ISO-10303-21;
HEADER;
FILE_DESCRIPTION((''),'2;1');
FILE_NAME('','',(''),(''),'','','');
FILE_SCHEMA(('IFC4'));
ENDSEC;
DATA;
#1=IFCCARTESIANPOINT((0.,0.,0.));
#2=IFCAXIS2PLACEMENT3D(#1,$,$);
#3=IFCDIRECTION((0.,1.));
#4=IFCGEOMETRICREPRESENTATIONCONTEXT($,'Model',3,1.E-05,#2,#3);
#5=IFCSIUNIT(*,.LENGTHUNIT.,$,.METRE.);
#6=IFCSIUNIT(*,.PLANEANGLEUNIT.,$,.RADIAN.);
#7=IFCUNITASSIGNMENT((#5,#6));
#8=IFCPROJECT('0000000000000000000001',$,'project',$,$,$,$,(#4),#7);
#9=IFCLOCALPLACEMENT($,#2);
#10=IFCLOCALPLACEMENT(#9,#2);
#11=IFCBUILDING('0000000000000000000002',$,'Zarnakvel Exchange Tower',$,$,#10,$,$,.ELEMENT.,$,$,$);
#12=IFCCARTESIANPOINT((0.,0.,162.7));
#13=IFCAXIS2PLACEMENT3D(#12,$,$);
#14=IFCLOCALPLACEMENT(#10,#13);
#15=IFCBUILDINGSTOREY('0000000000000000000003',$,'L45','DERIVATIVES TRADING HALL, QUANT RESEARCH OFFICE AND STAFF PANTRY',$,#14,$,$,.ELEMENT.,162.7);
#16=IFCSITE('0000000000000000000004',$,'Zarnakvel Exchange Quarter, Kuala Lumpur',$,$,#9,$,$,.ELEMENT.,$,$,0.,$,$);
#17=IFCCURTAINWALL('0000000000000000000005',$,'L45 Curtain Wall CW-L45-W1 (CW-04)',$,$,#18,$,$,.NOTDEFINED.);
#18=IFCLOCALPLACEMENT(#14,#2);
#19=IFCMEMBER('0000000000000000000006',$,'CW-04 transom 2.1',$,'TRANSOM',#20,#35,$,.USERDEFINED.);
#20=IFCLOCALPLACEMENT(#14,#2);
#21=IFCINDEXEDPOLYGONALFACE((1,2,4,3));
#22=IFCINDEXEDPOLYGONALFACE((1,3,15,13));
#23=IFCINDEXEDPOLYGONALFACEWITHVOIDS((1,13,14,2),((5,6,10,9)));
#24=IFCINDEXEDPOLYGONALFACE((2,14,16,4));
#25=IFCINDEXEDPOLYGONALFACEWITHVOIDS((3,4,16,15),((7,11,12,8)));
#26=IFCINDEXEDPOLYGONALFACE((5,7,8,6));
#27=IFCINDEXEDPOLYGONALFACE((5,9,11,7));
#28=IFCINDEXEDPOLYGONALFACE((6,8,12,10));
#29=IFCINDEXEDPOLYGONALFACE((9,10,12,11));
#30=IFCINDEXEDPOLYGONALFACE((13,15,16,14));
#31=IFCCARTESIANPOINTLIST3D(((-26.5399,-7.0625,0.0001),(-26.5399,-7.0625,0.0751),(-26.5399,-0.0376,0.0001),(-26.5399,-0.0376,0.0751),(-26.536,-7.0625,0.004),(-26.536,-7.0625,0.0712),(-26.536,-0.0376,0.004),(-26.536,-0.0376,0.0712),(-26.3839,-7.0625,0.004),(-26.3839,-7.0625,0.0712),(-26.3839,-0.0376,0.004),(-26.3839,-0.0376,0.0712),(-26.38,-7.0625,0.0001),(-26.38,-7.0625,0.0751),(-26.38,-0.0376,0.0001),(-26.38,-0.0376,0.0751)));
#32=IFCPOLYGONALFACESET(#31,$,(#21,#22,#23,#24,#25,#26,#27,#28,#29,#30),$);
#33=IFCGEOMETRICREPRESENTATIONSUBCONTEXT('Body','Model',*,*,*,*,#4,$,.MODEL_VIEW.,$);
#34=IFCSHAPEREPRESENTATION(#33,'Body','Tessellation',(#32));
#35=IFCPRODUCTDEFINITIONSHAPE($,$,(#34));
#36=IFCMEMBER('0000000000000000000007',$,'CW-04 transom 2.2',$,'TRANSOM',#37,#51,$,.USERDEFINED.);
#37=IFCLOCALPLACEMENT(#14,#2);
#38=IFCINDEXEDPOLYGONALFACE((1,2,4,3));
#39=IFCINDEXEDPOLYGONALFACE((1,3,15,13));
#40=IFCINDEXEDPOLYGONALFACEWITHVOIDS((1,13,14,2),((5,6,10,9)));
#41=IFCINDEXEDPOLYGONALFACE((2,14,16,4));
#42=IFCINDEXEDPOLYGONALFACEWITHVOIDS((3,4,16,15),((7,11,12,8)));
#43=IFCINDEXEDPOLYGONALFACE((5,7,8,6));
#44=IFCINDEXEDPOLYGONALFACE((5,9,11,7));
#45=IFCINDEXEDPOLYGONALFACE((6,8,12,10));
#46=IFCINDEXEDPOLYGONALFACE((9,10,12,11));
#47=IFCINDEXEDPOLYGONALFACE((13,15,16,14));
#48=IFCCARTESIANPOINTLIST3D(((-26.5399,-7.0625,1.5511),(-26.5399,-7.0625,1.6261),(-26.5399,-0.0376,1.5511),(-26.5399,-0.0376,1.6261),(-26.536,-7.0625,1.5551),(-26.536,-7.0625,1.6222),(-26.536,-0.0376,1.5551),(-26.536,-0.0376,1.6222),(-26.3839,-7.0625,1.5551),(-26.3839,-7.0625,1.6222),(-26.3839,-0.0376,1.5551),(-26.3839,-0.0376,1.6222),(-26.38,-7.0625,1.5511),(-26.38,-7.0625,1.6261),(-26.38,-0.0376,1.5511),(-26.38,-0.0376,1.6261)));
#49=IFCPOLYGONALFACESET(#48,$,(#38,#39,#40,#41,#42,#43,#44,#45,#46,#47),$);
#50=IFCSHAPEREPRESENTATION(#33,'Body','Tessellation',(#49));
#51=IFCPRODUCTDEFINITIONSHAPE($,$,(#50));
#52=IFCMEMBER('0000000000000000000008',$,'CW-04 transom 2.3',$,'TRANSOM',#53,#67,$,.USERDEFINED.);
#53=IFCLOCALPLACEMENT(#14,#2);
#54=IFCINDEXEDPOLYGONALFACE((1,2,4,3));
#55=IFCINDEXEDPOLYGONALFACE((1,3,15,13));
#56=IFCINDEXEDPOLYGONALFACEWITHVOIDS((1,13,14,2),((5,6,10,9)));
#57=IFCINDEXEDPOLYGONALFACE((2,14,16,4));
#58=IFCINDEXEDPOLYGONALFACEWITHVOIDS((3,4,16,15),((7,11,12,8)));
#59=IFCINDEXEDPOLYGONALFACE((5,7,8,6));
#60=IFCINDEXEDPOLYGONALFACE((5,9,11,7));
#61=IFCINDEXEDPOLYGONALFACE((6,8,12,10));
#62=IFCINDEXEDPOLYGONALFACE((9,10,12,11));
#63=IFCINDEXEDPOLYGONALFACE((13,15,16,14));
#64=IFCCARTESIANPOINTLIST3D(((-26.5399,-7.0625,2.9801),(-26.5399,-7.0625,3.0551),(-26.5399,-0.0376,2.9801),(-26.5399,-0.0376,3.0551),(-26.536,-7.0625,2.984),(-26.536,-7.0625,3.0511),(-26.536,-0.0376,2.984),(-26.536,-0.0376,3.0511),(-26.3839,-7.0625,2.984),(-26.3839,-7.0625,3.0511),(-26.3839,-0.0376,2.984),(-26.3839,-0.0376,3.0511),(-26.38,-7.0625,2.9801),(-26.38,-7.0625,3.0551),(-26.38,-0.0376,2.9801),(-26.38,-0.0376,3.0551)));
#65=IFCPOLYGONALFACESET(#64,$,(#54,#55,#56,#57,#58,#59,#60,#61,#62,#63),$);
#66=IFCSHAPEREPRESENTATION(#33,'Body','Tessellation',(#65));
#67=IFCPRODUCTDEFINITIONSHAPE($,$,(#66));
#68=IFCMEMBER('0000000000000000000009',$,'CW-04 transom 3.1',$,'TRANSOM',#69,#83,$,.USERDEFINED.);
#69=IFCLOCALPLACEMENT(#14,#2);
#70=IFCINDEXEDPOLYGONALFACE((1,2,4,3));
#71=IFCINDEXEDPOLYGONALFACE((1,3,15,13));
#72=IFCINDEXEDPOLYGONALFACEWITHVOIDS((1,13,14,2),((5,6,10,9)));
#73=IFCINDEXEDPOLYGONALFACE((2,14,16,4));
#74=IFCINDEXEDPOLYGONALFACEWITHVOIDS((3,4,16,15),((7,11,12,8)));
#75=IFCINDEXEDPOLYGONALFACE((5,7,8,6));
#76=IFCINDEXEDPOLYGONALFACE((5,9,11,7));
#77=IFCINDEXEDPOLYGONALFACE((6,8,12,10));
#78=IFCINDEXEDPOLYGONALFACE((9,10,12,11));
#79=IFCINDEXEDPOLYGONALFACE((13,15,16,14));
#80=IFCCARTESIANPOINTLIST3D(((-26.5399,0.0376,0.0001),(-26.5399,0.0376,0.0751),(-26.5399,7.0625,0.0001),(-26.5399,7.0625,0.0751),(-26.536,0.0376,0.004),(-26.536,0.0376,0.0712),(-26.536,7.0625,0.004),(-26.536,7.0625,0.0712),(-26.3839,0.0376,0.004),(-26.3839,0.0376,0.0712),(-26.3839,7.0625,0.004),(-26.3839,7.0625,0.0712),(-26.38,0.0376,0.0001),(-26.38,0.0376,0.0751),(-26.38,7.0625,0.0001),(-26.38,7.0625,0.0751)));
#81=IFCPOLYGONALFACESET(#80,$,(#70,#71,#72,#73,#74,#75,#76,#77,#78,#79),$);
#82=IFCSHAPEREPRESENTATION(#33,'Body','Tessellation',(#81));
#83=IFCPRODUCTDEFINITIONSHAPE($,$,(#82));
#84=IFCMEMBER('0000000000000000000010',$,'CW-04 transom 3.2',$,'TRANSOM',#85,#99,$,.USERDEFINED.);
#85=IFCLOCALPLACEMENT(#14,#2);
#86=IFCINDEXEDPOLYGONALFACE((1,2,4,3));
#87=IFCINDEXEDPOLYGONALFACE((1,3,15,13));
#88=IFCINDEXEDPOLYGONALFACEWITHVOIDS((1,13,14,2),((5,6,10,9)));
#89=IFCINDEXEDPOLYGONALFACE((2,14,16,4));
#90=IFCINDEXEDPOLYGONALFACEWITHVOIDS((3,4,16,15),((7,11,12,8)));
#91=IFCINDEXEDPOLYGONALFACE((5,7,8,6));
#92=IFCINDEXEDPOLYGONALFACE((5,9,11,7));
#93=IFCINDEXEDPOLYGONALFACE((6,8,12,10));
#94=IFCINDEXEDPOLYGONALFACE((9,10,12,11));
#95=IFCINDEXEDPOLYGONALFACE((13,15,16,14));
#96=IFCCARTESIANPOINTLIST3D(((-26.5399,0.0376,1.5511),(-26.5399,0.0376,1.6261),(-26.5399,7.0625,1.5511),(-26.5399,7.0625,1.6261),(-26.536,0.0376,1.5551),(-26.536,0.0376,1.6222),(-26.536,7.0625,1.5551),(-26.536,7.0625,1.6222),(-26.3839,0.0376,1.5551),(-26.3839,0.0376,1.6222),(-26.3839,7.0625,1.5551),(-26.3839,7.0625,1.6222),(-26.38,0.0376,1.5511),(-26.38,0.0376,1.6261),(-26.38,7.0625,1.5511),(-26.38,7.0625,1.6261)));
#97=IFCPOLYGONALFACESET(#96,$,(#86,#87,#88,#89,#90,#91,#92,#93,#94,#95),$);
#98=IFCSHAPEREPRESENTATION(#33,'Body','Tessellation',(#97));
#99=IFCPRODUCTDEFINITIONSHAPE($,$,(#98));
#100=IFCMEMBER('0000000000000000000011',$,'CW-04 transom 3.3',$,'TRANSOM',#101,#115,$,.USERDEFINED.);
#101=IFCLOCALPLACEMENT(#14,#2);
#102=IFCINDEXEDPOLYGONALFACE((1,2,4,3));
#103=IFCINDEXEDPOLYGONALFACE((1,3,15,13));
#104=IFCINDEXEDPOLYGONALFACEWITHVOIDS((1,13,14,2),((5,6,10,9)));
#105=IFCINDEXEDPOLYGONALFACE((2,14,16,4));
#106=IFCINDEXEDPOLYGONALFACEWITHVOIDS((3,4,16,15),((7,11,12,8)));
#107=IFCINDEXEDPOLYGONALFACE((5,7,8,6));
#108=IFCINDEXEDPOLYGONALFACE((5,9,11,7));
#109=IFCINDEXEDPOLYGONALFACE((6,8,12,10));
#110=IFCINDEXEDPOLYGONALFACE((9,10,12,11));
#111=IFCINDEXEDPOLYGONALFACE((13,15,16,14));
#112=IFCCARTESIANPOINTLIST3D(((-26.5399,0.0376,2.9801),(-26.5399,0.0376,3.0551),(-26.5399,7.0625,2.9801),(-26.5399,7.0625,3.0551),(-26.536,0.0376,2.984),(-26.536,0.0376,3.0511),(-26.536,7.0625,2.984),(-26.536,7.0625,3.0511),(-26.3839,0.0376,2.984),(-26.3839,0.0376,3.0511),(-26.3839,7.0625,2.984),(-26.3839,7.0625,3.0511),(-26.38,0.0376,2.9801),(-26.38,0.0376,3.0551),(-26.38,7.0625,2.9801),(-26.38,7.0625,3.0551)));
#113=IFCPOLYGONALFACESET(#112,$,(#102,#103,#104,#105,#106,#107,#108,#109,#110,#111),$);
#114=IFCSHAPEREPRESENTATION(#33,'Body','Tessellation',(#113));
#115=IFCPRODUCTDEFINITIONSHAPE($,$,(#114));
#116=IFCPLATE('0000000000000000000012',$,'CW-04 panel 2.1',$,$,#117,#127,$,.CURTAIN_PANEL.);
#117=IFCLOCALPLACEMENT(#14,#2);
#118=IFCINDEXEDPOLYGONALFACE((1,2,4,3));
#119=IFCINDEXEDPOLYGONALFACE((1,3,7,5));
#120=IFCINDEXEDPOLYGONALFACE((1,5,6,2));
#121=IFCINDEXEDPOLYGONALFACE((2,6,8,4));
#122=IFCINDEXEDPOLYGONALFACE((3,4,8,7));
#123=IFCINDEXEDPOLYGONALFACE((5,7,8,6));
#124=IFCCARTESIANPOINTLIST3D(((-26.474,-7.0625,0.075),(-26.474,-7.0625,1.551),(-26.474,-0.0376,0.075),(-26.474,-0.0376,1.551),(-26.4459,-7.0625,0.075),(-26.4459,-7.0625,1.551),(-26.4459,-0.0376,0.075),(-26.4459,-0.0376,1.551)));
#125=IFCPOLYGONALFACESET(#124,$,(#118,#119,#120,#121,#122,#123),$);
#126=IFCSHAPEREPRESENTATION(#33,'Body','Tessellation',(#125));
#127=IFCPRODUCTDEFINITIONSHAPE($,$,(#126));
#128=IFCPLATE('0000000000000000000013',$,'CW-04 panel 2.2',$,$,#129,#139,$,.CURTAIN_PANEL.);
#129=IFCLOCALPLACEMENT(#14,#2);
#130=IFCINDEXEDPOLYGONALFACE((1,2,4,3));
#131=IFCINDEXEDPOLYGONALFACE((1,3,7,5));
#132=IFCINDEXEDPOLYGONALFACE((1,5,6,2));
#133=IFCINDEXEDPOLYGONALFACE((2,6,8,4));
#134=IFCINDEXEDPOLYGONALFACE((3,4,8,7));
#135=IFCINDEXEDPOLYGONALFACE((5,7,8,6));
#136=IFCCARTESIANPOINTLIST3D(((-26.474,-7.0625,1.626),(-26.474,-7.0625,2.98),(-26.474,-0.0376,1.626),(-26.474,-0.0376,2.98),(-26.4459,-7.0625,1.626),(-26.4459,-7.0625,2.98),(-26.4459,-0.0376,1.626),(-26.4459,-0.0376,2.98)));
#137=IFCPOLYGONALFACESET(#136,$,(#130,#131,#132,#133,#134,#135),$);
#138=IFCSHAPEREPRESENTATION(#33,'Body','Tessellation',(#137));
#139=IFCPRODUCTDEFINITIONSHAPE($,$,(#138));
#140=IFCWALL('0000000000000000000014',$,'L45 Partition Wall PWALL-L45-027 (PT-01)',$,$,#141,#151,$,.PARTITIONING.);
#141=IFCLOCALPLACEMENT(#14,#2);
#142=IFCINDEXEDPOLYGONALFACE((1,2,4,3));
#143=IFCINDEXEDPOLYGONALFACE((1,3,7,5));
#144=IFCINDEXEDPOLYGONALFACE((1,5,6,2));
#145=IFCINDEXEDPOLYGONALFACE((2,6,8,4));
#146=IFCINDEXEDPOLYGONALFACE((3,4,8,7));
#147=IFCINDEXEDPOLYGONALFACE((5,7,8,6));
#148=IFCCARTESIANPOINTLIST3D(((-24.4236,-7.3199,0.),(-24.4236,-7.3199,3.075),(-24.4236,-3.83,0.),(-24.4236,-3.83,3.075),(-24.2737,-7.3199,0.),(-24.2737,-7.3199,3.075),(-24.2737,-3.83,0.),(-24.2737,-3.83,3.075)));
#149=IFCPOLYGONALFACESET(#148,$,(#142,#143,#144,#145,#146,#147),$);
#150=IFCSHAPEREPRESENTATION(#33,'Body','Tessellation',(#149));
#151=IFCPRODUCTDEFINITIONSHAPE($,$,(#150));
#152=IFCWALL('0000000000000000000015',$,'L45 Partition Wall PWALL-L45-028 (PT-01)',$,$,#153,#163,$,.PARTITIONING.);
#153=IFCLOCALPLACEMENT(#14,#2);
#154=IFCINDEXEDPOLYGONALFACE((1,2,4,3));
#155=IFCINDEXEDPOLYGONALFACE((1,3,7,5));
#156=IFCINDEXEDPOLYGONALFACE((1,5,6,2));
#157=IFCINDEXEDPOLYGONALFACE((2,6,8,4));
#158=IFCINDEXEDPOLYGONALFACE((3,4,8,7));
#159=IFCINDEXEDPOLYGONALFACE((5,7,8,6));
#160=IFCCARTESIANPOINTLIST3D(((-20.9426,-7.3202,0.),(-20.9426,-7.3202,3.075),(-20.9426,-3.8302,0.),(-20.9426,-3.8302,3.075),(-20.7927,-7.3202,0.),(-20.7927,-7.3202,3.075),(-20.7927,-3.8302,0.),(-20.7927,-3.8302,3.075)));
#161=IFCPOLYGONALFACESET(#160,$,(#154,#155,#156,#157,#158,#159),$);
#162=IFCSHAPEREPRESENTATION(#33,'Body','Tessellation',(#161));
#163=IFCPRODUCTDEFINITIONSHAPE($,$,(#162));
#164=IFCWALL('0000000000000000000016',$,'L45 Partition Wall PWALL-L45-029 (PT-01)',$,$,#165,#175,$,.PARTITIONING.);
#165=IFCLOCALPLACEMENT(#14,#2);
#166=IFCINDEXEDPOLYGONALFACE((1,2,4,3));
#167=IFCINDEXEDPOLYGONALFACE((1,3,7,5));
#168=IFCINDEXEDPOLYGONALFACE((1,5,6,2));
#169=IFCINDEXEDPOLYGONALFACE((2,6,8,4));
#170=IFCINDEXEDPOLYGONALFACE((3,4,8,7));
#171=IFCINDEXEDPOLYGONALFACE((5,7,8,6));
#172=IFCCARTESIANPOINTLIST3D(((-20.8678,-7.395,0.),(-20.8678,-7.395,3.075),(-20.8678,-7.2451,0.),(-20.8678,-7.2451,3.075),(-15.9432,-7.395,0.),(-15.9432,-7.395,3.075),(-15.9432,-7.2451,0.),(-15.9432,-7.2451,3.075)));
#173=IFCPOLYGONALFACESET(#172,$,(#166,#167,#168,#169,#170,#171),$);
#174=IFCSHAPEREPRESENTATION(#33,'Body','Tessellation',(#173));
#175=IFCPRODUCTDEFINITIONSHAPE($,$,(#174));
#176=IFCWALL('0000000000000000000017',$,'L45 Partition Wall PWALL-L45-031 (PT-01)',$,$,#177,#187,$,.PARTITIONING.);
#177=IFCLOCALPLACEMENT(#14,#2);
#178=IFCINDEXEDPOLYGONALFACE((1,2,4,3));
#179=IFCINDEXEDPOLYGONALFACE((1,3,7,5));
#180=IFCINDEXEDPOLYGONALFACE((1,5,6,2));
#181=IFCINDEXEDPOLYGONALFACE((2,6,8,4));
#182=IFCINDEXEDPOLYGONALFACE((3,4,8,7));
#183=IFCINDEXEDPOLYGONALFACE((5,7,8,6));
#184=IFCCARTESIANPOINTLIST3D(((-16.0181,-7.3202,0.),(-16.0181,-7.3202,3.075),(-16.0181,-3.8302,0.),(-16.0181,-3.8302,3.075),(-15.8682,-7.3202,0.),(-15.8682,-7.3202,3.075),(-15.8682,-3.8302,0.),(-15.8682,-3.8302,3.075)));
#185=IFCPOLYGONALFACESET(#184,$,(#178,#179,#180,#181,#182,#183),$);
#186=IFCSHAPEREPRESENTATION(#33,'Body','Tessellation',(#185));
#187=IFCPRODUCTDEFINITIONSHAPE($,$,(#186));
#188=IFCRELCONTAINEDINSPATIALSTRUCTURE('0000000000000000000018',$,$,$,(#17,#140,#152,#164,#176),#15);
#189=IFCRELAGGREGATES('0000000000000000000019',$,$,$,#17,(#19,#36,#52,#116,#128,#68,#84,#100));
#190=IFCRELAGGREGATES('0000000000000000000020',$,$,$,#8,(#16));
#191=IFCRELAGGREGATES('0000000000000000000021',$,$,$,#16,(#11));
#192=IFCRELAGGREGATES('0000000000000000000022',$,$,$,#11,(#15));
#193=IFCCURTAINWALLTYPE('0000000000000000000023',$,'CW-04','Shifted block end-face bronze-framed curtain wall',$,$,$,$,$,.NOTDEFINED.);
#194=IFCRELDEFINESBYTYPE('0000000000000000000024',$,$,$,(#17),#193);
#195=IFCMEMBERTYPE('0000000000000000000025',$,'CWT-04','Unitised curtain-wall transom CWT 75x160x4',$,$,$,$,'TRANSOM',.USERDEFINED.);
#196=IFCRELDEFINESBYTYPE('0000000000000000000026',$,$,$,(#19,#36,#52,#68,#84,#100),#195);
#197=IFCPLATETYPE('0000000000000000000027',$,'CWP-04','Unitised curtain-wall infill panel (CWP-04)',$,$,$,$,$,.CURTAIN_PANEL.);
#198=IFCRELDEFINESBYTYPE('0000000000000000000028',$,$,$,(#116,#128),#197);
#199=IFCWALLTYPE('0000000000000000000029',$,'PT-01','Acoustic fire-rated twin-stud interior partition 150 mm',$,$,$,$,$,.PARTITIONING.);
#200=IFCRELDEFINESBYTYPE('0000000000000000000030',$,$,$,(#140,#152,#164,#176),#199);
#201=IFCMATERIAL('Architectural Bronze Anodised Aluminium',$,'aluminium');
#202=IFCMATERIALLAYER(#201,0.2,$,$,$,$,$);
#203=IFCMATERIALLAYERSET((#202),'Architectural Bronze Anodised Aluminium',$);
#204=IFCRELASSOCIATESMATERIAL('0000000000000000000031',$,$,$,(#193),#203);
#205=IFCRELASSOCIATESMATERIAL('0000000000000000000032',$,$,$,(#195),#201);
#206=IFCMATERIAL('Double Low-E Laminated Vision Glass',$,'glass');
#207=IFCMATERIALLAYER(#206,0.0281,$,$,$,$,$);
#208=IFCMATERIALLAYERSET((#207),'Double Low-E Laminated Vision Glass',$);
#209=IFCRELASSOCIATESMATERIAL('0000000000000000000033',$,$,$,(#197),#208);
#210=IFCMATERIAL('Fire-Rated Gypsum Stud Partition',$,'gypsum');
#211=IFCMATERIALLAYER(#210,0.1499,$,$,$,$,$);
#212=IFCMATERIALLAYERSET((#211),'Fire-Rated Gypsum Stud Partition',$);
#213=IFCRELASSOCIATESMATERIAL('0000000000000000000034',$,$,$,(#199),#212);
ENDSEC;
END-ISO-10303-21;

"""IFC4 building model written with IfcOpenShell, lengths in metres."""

from ifc_helpers import new_model, si_unit, direction, frame, frame_2d, origin, origin_2d, place, context, subcontext, project, spatial, rectangle, hollow_rectangle, extrude, source, transform, mapped, material, layer, layer_set, material_profile, profile_set, type_object, element, aggregate, save


model = new_model("IFC4")

# Units and contexts
model_context = context("Model", 3, precision=1e-05, world=origin(), true_north=direction((0.0, 1.0)))
body_context = subcontext(model_context, "Body", "Model", "MODEL_VIEW")
ifc_project = project(units=[si_unit("LENGTHUNIT", "METRE"), si_unit("PLANEANGLEUNIT", "RADIAN")], contexts=[model_context])

# Site, building, storey
site_placement = place(None, origin())
site = spatial("IfcSite", under=ifc_project, at=site_placement, Name="Zarnakvel Exchange Quarter, Kuala Lumpur", CompositionType="ELEMENT", RefElevation=0.0)
building_placement = place(site_placement, origin())
building = spatial("IfcBuilding", under=site, at=building_placement, Name="Zarnakvel Exchange Tower", CompositionType="ELEMENT")
storey_placement = place(building_placement, frame((0.0, 0.0, 162.7)))
storey = spatial("IfcBuildingStorey", under=building, at=storey_placement, Name="L45", Description="DERIVATIVES TRADING HALL, QUANT RESEARCH OFFICE AND STAFF PANTRY", CompositionType="ELEMENT", Elevation=162.7)

# Curtain wall, members, plates
ifc_material_1 = material(Name="Architectural Bronze Anodised Aluminium", Category="aluminium")
ifc_layer_1 = layer(ifc_material_1, 0.2)
ifc_layer_set_1 = layer_set([ifc_layer_1], Name="Architectural Bronze Anodised Aluminium")
curtain_wall_type = type_object("IfcCurtainWallType", Name="CW-04", Description="Shifted block end-face bronze-framed curtain wall", PredefinedType="NOTDEFINED", material=ifc_layer_set_1)
curtain_wall_placement = place(storey_placement, origin())
curtain_wall = element("IfcCurtainWall", 1, at=curtain_wall_placement, inside=storey, type_object=curtain_wall_type, Name="L45 Curtain Wall CW-L45-W1 (CW-04)", PredefinedType="NOTDEFINED")
ifc_material_profile_1 = material_profile(ifc_material_1, hollow_rectangle(XDim=0.1599, YDim=0.075, WallThickness=0.0039, at=origin_2d()))
ifc_profile_set_1 = profile_set([ifc_material_profile_1], Name="Architectural Bronze Anodised Aluminium")
member_type_1 = type_object("IfcMemberType", Name="CWT-04", Description="Unitised curtain-wall transom CWT 75x160x4", ElementType="TRANSOM", PredefinedType="USERDEFINED", material=ifc_profile_set_1)
shared_shape_1 = source(origin(), body_context, "Body", "SweptSolid", [
    extrude(hollow_rectangle(XDim=0.1599, YDim=0.075, WallThickness=0.0039, at=origin_2d()), origin(), (0.0, 0.0, 1.0), 7.0249),
])
member_1_placement = place(storey_placement, frame((-26.46, -7.0625, 0.0376), z_axis=(0.0, 1.0, 0.0), x_axis=(-1.0, 0.0, 0.0)))
member_1 = element("IfcMember", 2, at=member_1_placement, type_object=member_type_1, Name="CW-04 transom 2.1", ObjectType="TRANSOM", PredefinedType="USERDEFINED", context=body_context, shape_type="MappedRepresentation", body=[
    mapped(shared_shape_1, transform((0.0, 0.0, 0.0), x_axis=(1.0, 0.0, 0.0), y_axis=(0.0, 1.0, 0.0), z_axis=(0.0, 0.0, 1.0), scale=1.0)),
])
member_2_placement = place(storey_placement, frame((-26.46, -7.0625, 1.5886), z_axis=(0.0, 1.0, 0.0), x_axis=(-1.0, 0.0, 0.0)))
member_2 = element("IfcMember", 3, at=member_2_placement, type_object=member_type_1, Name="CW-04 transom 2.2", ObjectType="TRANSOM", PredefinedType="USERDEFINED", context=body_context, shape_type="MappedRepresentation", body=[
    mapped(shared_shape_1, transform((0.0, 0.0, 0.0), x_axis=(1.0, 0.0, 0.0), y_axis=(0.0, 1.0, 0.0), z_axis=(0.0, 0.0, 1.0), scale=1.0)),
])
member_3_placement = place(storey_placement, frame((-26.46, -7.0625, 3.0176), z_axis=(0.0, 1.0, 0.0), x_axis=(-1.0, 0.0, 0.0)))
member_3 = element("IfcMember", 4, at=member_3_placement, type_object=member_type_1, Name="CW-04 transom 2.3", ObjectType="TRANSOM", PredefinedType="USERDEFINED", context=body_context, shape_type="MappedRepresentation", body=[
    mapped(shared_shape_1, transform((0.0, 0.0, 0.0), x_axis=(1.0, 0.0, 0.0), y_axis=(0.0, 1.0, 0.0), z_axis=(0.0, 0.0, 1.0), scale=1.0)),
])
member_4_placement = place(storey_placement, frame((-26.46, 0.0376, 0.0376), z_axis=(0.0, 1.0, 0.0), x_axis=(-1.0, 0.0, 0.0)))
member_4 = element("IfcMember", 5, at=member_4_placement, type_object=member_type_1, Name="CW-04 transom 3.1", ObjectType="TRANSOM", PredefinedType="USERDEFINED", context=body_context, shape_type="MappedRepresentation", body=[
    mapped(shared_shape_1, transform((0.0, 0.0, 0.0), x_axis=(1.0, 0.0, 0.0), y_axis=(0.0, 1.0, 0.0), z_axis=(0.0, 0.0, 1.0), scale=1.0)),
])
member_5_placement = place(storey_placement, frame((-26.46, 0.0376, 1.5886), z_axis=(0.0, 1.0, 0.0), x_axis=(-1.0, 0.0, 0.0)))
member_5 = element("IfcMember", 6, at=member_5_placement, type_object=member_type_1, Name="CW-04 transom 3.2", ObjectType="TRANSOM", PredefinedType="USERDEFINED", context=body_context, shape_type="MappedRepresentation", body=[
    mapped(shared_shape_1, transform((0.0, 0.0, 0.0), x_axis=(1.0, 0.0, 0.0), y_axis=(0.0, 1.0, 0.0), z_axis=(0.0, 0.0, 1.0), scale=1.0)),
])
member_6_placement = place(storey_placement, frame((-26.46, 0.0376, 3.0176), z_axis=(0.0, 1.0, 0.0), x_axis=(-1.0, 0.0, 0.0)))
member_6 = element("IfcMember", 7, at=member_6_placement, type_object=member_type_1, Name="CW-04 transom 3.3", ObjectType="TRANSOM", PredefinedType="USERDEFINED", context=body_context, shape_type="MappedRepresentation", body=[
    mapped(shared_shape_1, transform((0.0, 0.0, 0.0), x_axis=(1.0, 0.0, 0.0), y_axis=(0.0, 1.0, 0.0), z_axis=(0.0, 0.0, 1.0), scale=1.0)),
])
ifc_material_2 = material(Name="Double Low-E Laminated Vision Glass", Category="glass")
ifc_layer_2 = layer(ifc_material_2, 0.0281)
ifc_layer_set_2 = layer_set([ifc_layer_2], Name="Double Low-E Laminated Vision Glass")
plate_type = type_object("IfcPlateType", Name="CWP-04", Description="Unitised curtain-wall infill panel (CWP-04)", PredefinedType="CURTAIN_PANEL", material=ifc_layer_set_2)
shared_shape_2 = source(origin(), body_context, "Body", "SweptSolid", [
    extrude(rectangle(XDim=7.0249, YDim=0.0281, at=origin_2d()), origin(), (0.0, 0.0, 1.0), 1.4761),
])
plate_1_placement = place(storey_placement, frame((-26.46, -3.55, 0.075), z_axis=(0.0, 0.0, 1.0), x_axis=(0.0, 1.0, 0.0)))
plate_1 = element("IfcPlate", 8, at=plate_1_placement, type_object=plate_type, Name="CW-04 panel 2.1", PredefinedType="CURTAIN_PANEL", context=body_context, shape_type="MappedRepresentation", body=[
    mapped(shared_shape_2, transform((0.0, 0.0, 0.0), x_axis=(1.0, 0.0, 0.0), y_axis=(0.0, 1.0, 0.0), z_axis=(0.0, 0.0, 1.0), scale=1.0)),
])
shared_shape_3 = source(origin(), body_context, "Body", "SweptSolid", [
    extrude(rectangle(XDim=7.0249, YDim=0.0281, at=origin_2d()), origin(), (0.0, 0.0, 1.0), 1.354),
])
plate_2_placement = place(storey_placement, frame((-26.46, -3.55, 1.626), z_axis=(0.0, 0.0, 1.0), x_axis=(0.0, 1.0, 0.0)))
plate_2 = element("IfcPlate", 9, at=plate_2_placement, type_object=plate_type, Name="CW-04 panel 2.2", PredefinedType="CURTAIN_PANEL", context=body_context, shape_type="MappedRepresentation", body=[
    mapped(shared_shape_3, transform((0.0, 0.0, 0.0), x_axis=(1.0, 0.0, 0.0), y_axis=(0.0, 1.0, 0.0), z_axis=(0.0, 0.0, 1.0), scale=1.0)),
])
aggregate(curtain_wall, [member_1, member_2, member_3, plate_1, plate_2, member_4, member_5, member_6])

# Shared definitions
ifc_material_3 = material(Name="Fire-Rated Gypsum Stud Partition", Category="gypsum")
ifc_layer_3 = layer(ifc_material_3, 0.1499)
ifc_layer_set_3 = layer_set([ifc_layer_3], Name="Fire-Rated Gypsum Stud Partition")
wall_type = type_object("IfcWallType", Name="PT-01", Description="Acoustic fire-rated twin-stud interior partition 150 mm", PredefinedType="PARTITIONING", material=ifc_layer_set_3)

# Walls
for number, where, z_axis, x_axis, name in (
    (10, (-24.3486, -7.3201, 0.0), (0.0, 0.0, 1.0), (0.0, 1.0, 0.0), "L45 Partition Wall PWALL-L45-027 (PT-01)"),
    (11, (-20.8677, -3.8301, 0.0), (0.0, 0.0, 1.0), (0.0, -1.0, 0.0), "L45 Partition Wall PWALL-L45-028 (PT-01)"),
):
    element("IfcWall", number, at=place(storey_placement, frame(where, z_axis=z_axis, x_axis=x_axis)), inside=storey, type_object=wall_type, Name=name, PredefinedType="PARTITIONING", context=body_context, shape_type="SweptSolid", body=[
        extrude(rectangle(XDim=3.49, YDim=0.1499, at=frame_2d((1.7451, 0.0))), origin(), (0.0, 0.0, 1.0), 3.075),
    ])
wall_1_placement = place(storey_placement, frame((-15.9431, -7.3201, 0.0), z_axis=(0.0, 0.0, 1.0), x_axis=(-1.0, 0.0, 0.0)))
element("IfcWall", 12, at=wall_1_placement, inside=storey, type_object=wall_type, Name="L45 Partition Wall PWALL-L45-029 (PT-01)", PredefinedType="PARTITIONING", context=body_context, shape_type="SweptSolid", body=[
    extrude(rectangle(XDim=4.9246, YDim=0.1499, at=frame_2d((2.4624, 0.0))), origin(), (0.0, 0.0, 1.0), 3.075),
])

# Wall
wall_2_placement = place(storey_placement, frame((-15.9431, -3.8301, 0.0), z_axis=(0.0, 0.0, 1.0), x_axis=(0.0, -1.0, 0.0)))
element("IfcWall", 13, at=wall_2_placement, inside=storey, type_object=wall_type, Name="L45 Partition Wall PWALL-L45-031 (PT-01)", PredefinedType="PARTITIONING", context=body_context, shape_type="SweptSolid", body=[
    extrude(rectangle(XDim=3.49, YDim=0.1499, at=frame_2d((1.7451, 0.0))), origin(), (0.0, 0.0, 1.0), 3.075),
])

save(model, "model.ifc")
